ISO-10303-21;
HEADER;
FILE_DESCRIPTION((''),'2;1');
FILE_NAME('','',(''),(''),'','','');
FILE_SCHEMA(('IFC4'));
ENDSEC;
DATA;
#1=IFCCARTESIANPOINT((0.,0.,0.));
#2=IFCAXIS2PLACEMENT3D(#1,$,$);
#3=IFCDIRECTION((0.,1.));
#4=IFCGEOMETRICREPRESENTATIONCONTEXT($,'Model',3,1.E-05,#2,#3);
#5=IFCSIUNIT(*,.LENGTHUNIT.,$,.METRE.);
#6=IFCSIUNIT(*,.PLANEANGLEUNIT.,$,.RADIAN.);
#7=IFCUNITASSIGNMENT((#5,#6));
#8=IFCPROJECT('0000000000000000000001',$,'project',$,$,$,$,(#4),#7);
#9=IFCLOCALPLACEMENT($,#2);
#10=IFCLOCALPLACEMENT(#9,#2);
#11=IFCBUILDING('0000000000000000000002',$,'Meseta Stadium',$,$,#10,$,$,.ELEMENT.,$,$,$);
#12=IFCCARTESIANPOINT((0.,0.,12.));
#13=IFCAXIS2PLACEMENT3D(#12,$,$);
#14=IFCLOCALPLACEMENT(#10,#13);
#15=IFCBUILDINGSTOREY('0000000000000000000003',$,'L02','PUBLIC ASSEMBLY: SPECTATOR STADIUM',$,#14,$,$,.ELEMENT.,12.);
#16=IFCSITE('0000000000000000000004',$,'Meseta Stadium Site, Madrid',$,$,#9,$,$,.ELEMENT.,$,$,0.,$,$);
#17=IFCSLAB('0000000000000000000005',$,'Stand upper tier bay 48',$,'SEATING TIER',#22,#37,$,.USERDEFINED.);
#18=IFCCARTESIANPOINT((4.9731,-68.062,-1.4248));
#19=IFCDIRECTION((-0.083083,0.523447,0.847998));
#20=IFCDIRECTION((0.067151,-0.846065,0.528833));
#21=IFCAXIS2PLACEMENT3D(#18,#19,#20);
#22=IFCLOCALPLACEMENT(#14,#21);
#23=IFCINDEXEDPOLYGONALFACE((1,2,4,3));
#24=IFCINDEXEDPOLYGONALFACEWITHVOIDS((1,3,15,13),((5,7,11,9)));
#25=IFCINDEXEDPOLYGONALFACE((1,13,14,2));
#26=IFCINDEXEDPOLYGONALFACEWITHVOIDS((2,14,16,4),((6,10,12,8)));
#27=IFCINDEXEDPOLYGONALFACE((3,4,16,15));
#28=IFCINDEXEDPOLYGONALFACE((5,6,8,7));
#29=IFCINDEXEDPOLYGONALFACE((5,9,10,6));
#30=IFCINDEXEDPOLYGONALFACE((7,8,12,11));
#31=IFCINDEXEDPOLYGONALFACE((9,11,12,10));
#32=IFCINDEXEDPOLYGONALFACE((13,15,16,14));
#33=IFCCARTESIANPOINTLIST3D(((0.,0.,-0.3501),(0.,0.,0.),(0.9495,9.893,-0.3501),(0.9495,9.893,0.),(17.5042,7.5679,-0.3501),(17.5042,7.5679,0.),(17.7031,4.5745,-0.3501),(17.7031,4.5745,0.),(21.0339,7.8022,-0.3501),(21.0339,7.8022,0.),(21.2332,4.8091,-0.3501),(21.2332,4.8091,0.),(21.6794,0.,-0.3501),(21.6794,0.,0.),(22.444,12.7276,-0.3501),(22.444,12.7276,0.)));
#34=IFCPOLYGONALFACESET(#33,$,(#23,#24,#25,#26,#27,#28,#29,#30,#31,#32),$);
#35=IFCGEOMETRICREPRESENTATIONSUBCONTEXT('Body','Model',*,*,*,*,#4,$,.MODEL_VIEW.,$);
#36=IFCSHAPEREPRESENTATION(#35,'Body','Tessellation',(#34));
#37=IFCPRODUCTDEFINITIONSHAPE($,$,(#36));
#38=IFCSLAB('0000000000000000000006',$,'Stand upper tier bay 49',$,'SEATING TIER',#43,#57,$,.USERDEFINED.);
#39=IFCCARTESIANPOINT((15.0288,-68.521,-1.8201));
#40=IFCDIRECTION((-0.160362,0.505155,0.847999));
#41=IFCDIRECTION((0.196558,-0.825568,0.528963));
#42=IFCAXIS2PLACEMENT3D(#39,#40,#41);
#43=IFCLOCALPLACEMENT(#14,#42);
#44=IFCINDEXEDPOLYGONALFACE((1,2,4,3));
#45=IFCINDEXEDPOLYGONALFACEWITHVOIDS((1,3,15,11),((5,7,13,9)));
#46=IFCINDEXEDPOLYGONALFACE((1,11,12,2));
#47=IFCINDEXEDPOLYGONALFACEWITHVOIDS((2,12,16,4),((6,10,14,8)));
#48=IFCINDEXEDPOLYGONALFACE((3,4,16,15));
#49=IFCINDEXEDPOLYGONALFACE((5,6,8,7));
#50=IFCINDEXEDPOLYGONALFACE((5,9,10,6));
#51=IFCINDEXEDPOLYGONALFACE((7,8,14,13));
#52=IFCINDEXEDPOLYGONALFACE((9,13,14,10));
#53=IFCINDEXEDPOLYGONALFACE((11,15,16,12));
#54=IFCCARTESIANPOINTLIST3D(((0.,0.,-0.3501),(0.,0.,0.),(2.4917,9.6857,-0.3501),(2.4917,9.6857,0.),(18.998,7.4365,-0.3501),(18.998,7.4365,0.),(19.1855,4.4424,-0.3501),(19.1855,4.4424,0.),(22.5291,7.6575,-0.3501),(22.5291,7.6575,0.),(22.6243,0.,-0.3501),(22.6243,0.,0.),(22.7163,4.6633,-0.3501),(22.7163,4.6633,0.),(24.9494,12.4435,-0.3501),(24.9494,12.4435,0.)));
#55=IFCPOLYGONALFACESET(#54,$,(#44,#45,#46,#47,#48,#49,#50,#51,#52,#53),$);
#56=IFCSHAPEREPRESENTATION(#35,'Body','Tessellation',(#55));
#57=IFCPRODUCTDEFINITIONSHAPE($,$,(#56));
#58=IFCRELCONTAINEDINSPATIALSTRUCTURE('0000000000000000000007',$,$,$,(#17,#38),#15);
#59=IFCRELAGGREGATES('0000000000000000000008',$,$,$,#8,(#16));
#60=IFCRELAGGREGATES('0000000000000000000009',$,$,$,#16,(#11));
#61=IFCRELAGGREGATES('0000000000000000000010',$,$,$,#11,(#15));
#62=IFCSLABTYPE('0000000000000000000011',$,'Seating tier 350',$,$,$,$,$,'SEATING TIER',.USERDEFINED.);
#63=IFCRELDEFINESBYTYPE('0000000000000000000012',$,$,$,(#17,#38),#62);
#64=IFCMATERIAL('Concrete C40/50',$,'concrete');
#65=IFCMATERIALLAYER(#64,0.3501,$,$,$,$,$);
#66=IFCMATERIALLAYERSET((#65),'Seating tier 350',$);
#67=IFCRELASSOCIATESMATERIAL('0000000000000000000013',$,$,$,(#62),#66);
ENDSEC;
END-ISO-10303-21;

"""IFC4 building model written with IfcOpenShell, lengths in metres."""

from ifc_helpers import new_model, si_unit, direction, frame, origin, place, context, subcontext, project, spatial, polyline, outline, extrude, material, layer, layer_set, type_object, element, save


model = new_model("IFC4")

# Units and contexts
model_context = context("Model", 3, precision=1e-05, world=origin(), true_north=direction((0.0, 1.0)))
body_context = subcontext(model_context, "Body", "Model", "MODEL_VIEW")
ifc_project = project(units=[si_unit("LENGTHUNIT", "METRE"), si_unit("PLANEANGLEUNIT", "RADIAN")], contexts=[model_context])

# Site, building, storey
site_placement = place(None, origin())
site = spatial("IfcSite", under=ifc_project, at=site_placement, Name="Meseta Stadium Site, Madrid", CompositionType="ELEMENT", RefElevation=0.0)
building_placement = place(site_placement, origin())
building = spatial("IfcBuilding", under=site, at=building_placement, Name="Meseta Stadium", CompositionType="ELEMENT")
storey_placement = place(building_placement, frame((0.0, 0.0, 12.0)))
storey = spatial("IfcBuildingStorey", under=building, at=storey_placement, Name="L02", Description="PUBLIC ASSEMBLY: SPECTATOR STADIUM", CompositionType="ELEMENT", Elevation=12.0)

# Slabs
ifc_material_1 = material(Name="Concrete C40/50", Category="concrete")
ifc_layer_1 = layer(ifc_material_1, 0.3501)
ifc_layer_set_1 = layer_set([ifc_layer_1], Name="Seating tier 350")
slab_type = type_object("IfcSlabType", Name="Seating tier 350", ElementType="SEATING TIER", PredefinedType="USERDEFINED", material=ifc_layer_set_1)
slab_1_placement = place(storey_placement, frame((4.9731, -68.062, -1.4248), z_axis=(-0.083083, 0.523447, 0.847998), x_axis=(0.067151, -0.846065, 0.528833)))
element("IfcSlab", 1, at=slab_1_placement, inside=storey, type_object=slab_type, Name="Stand upper tier bay 48", ObjectType="SEATING TIER", PredefinedType="USERDEFINED", context=body_context, shape_type="SweptSolid", body=[
    extrude(outline(polyline([(0.0, 0.0), (21.6794, 0.0), (22.444, 12.7276), (0.9495, 9.893), (0.0, 0.0)]), holes=[polyline([(17.7031, 4.5745), (21.2332, 4.8091), (21.0339, 7.8022), (17.5042, 7.5679), (17.7031, 4.5745)])]), origin(), (0.0, 0.0, -1.0), 0.3501),
])
slab_2_placement = place(storey_placement, frame((15.0288, -68.521, -1.8201), z_axis=(-0.160362, 0.505155, 0.847999), x_axis=(0.196558, -0.825568, 0.528963)))
element("IfcSlab", 2, at=slab_2_placement, inside=storey, type_object=slab_type, Name="Stand upper tier bay 49", ObjectType="SEATING TIER", PredefinedType="USERDEFINED", context=body_context, shape_type="SweptSolid", body=[
    extrude(outline(polyline([(0.0, 0.0), (22.6243, 0.0), (24.9494, 12.4435), (2.4917, 9.6857), (0.0, 0.0)]), holes=[polyline([(19.1855, 4.4424), (22.7163, 4.6633), (22.5291, 7.6575), (18.998, 7.4365), (19.1855, 4.4424)])]), origin(), (0.0, 0.0, -1.0), 0.3501),
])

save(model, "model.ifc")
